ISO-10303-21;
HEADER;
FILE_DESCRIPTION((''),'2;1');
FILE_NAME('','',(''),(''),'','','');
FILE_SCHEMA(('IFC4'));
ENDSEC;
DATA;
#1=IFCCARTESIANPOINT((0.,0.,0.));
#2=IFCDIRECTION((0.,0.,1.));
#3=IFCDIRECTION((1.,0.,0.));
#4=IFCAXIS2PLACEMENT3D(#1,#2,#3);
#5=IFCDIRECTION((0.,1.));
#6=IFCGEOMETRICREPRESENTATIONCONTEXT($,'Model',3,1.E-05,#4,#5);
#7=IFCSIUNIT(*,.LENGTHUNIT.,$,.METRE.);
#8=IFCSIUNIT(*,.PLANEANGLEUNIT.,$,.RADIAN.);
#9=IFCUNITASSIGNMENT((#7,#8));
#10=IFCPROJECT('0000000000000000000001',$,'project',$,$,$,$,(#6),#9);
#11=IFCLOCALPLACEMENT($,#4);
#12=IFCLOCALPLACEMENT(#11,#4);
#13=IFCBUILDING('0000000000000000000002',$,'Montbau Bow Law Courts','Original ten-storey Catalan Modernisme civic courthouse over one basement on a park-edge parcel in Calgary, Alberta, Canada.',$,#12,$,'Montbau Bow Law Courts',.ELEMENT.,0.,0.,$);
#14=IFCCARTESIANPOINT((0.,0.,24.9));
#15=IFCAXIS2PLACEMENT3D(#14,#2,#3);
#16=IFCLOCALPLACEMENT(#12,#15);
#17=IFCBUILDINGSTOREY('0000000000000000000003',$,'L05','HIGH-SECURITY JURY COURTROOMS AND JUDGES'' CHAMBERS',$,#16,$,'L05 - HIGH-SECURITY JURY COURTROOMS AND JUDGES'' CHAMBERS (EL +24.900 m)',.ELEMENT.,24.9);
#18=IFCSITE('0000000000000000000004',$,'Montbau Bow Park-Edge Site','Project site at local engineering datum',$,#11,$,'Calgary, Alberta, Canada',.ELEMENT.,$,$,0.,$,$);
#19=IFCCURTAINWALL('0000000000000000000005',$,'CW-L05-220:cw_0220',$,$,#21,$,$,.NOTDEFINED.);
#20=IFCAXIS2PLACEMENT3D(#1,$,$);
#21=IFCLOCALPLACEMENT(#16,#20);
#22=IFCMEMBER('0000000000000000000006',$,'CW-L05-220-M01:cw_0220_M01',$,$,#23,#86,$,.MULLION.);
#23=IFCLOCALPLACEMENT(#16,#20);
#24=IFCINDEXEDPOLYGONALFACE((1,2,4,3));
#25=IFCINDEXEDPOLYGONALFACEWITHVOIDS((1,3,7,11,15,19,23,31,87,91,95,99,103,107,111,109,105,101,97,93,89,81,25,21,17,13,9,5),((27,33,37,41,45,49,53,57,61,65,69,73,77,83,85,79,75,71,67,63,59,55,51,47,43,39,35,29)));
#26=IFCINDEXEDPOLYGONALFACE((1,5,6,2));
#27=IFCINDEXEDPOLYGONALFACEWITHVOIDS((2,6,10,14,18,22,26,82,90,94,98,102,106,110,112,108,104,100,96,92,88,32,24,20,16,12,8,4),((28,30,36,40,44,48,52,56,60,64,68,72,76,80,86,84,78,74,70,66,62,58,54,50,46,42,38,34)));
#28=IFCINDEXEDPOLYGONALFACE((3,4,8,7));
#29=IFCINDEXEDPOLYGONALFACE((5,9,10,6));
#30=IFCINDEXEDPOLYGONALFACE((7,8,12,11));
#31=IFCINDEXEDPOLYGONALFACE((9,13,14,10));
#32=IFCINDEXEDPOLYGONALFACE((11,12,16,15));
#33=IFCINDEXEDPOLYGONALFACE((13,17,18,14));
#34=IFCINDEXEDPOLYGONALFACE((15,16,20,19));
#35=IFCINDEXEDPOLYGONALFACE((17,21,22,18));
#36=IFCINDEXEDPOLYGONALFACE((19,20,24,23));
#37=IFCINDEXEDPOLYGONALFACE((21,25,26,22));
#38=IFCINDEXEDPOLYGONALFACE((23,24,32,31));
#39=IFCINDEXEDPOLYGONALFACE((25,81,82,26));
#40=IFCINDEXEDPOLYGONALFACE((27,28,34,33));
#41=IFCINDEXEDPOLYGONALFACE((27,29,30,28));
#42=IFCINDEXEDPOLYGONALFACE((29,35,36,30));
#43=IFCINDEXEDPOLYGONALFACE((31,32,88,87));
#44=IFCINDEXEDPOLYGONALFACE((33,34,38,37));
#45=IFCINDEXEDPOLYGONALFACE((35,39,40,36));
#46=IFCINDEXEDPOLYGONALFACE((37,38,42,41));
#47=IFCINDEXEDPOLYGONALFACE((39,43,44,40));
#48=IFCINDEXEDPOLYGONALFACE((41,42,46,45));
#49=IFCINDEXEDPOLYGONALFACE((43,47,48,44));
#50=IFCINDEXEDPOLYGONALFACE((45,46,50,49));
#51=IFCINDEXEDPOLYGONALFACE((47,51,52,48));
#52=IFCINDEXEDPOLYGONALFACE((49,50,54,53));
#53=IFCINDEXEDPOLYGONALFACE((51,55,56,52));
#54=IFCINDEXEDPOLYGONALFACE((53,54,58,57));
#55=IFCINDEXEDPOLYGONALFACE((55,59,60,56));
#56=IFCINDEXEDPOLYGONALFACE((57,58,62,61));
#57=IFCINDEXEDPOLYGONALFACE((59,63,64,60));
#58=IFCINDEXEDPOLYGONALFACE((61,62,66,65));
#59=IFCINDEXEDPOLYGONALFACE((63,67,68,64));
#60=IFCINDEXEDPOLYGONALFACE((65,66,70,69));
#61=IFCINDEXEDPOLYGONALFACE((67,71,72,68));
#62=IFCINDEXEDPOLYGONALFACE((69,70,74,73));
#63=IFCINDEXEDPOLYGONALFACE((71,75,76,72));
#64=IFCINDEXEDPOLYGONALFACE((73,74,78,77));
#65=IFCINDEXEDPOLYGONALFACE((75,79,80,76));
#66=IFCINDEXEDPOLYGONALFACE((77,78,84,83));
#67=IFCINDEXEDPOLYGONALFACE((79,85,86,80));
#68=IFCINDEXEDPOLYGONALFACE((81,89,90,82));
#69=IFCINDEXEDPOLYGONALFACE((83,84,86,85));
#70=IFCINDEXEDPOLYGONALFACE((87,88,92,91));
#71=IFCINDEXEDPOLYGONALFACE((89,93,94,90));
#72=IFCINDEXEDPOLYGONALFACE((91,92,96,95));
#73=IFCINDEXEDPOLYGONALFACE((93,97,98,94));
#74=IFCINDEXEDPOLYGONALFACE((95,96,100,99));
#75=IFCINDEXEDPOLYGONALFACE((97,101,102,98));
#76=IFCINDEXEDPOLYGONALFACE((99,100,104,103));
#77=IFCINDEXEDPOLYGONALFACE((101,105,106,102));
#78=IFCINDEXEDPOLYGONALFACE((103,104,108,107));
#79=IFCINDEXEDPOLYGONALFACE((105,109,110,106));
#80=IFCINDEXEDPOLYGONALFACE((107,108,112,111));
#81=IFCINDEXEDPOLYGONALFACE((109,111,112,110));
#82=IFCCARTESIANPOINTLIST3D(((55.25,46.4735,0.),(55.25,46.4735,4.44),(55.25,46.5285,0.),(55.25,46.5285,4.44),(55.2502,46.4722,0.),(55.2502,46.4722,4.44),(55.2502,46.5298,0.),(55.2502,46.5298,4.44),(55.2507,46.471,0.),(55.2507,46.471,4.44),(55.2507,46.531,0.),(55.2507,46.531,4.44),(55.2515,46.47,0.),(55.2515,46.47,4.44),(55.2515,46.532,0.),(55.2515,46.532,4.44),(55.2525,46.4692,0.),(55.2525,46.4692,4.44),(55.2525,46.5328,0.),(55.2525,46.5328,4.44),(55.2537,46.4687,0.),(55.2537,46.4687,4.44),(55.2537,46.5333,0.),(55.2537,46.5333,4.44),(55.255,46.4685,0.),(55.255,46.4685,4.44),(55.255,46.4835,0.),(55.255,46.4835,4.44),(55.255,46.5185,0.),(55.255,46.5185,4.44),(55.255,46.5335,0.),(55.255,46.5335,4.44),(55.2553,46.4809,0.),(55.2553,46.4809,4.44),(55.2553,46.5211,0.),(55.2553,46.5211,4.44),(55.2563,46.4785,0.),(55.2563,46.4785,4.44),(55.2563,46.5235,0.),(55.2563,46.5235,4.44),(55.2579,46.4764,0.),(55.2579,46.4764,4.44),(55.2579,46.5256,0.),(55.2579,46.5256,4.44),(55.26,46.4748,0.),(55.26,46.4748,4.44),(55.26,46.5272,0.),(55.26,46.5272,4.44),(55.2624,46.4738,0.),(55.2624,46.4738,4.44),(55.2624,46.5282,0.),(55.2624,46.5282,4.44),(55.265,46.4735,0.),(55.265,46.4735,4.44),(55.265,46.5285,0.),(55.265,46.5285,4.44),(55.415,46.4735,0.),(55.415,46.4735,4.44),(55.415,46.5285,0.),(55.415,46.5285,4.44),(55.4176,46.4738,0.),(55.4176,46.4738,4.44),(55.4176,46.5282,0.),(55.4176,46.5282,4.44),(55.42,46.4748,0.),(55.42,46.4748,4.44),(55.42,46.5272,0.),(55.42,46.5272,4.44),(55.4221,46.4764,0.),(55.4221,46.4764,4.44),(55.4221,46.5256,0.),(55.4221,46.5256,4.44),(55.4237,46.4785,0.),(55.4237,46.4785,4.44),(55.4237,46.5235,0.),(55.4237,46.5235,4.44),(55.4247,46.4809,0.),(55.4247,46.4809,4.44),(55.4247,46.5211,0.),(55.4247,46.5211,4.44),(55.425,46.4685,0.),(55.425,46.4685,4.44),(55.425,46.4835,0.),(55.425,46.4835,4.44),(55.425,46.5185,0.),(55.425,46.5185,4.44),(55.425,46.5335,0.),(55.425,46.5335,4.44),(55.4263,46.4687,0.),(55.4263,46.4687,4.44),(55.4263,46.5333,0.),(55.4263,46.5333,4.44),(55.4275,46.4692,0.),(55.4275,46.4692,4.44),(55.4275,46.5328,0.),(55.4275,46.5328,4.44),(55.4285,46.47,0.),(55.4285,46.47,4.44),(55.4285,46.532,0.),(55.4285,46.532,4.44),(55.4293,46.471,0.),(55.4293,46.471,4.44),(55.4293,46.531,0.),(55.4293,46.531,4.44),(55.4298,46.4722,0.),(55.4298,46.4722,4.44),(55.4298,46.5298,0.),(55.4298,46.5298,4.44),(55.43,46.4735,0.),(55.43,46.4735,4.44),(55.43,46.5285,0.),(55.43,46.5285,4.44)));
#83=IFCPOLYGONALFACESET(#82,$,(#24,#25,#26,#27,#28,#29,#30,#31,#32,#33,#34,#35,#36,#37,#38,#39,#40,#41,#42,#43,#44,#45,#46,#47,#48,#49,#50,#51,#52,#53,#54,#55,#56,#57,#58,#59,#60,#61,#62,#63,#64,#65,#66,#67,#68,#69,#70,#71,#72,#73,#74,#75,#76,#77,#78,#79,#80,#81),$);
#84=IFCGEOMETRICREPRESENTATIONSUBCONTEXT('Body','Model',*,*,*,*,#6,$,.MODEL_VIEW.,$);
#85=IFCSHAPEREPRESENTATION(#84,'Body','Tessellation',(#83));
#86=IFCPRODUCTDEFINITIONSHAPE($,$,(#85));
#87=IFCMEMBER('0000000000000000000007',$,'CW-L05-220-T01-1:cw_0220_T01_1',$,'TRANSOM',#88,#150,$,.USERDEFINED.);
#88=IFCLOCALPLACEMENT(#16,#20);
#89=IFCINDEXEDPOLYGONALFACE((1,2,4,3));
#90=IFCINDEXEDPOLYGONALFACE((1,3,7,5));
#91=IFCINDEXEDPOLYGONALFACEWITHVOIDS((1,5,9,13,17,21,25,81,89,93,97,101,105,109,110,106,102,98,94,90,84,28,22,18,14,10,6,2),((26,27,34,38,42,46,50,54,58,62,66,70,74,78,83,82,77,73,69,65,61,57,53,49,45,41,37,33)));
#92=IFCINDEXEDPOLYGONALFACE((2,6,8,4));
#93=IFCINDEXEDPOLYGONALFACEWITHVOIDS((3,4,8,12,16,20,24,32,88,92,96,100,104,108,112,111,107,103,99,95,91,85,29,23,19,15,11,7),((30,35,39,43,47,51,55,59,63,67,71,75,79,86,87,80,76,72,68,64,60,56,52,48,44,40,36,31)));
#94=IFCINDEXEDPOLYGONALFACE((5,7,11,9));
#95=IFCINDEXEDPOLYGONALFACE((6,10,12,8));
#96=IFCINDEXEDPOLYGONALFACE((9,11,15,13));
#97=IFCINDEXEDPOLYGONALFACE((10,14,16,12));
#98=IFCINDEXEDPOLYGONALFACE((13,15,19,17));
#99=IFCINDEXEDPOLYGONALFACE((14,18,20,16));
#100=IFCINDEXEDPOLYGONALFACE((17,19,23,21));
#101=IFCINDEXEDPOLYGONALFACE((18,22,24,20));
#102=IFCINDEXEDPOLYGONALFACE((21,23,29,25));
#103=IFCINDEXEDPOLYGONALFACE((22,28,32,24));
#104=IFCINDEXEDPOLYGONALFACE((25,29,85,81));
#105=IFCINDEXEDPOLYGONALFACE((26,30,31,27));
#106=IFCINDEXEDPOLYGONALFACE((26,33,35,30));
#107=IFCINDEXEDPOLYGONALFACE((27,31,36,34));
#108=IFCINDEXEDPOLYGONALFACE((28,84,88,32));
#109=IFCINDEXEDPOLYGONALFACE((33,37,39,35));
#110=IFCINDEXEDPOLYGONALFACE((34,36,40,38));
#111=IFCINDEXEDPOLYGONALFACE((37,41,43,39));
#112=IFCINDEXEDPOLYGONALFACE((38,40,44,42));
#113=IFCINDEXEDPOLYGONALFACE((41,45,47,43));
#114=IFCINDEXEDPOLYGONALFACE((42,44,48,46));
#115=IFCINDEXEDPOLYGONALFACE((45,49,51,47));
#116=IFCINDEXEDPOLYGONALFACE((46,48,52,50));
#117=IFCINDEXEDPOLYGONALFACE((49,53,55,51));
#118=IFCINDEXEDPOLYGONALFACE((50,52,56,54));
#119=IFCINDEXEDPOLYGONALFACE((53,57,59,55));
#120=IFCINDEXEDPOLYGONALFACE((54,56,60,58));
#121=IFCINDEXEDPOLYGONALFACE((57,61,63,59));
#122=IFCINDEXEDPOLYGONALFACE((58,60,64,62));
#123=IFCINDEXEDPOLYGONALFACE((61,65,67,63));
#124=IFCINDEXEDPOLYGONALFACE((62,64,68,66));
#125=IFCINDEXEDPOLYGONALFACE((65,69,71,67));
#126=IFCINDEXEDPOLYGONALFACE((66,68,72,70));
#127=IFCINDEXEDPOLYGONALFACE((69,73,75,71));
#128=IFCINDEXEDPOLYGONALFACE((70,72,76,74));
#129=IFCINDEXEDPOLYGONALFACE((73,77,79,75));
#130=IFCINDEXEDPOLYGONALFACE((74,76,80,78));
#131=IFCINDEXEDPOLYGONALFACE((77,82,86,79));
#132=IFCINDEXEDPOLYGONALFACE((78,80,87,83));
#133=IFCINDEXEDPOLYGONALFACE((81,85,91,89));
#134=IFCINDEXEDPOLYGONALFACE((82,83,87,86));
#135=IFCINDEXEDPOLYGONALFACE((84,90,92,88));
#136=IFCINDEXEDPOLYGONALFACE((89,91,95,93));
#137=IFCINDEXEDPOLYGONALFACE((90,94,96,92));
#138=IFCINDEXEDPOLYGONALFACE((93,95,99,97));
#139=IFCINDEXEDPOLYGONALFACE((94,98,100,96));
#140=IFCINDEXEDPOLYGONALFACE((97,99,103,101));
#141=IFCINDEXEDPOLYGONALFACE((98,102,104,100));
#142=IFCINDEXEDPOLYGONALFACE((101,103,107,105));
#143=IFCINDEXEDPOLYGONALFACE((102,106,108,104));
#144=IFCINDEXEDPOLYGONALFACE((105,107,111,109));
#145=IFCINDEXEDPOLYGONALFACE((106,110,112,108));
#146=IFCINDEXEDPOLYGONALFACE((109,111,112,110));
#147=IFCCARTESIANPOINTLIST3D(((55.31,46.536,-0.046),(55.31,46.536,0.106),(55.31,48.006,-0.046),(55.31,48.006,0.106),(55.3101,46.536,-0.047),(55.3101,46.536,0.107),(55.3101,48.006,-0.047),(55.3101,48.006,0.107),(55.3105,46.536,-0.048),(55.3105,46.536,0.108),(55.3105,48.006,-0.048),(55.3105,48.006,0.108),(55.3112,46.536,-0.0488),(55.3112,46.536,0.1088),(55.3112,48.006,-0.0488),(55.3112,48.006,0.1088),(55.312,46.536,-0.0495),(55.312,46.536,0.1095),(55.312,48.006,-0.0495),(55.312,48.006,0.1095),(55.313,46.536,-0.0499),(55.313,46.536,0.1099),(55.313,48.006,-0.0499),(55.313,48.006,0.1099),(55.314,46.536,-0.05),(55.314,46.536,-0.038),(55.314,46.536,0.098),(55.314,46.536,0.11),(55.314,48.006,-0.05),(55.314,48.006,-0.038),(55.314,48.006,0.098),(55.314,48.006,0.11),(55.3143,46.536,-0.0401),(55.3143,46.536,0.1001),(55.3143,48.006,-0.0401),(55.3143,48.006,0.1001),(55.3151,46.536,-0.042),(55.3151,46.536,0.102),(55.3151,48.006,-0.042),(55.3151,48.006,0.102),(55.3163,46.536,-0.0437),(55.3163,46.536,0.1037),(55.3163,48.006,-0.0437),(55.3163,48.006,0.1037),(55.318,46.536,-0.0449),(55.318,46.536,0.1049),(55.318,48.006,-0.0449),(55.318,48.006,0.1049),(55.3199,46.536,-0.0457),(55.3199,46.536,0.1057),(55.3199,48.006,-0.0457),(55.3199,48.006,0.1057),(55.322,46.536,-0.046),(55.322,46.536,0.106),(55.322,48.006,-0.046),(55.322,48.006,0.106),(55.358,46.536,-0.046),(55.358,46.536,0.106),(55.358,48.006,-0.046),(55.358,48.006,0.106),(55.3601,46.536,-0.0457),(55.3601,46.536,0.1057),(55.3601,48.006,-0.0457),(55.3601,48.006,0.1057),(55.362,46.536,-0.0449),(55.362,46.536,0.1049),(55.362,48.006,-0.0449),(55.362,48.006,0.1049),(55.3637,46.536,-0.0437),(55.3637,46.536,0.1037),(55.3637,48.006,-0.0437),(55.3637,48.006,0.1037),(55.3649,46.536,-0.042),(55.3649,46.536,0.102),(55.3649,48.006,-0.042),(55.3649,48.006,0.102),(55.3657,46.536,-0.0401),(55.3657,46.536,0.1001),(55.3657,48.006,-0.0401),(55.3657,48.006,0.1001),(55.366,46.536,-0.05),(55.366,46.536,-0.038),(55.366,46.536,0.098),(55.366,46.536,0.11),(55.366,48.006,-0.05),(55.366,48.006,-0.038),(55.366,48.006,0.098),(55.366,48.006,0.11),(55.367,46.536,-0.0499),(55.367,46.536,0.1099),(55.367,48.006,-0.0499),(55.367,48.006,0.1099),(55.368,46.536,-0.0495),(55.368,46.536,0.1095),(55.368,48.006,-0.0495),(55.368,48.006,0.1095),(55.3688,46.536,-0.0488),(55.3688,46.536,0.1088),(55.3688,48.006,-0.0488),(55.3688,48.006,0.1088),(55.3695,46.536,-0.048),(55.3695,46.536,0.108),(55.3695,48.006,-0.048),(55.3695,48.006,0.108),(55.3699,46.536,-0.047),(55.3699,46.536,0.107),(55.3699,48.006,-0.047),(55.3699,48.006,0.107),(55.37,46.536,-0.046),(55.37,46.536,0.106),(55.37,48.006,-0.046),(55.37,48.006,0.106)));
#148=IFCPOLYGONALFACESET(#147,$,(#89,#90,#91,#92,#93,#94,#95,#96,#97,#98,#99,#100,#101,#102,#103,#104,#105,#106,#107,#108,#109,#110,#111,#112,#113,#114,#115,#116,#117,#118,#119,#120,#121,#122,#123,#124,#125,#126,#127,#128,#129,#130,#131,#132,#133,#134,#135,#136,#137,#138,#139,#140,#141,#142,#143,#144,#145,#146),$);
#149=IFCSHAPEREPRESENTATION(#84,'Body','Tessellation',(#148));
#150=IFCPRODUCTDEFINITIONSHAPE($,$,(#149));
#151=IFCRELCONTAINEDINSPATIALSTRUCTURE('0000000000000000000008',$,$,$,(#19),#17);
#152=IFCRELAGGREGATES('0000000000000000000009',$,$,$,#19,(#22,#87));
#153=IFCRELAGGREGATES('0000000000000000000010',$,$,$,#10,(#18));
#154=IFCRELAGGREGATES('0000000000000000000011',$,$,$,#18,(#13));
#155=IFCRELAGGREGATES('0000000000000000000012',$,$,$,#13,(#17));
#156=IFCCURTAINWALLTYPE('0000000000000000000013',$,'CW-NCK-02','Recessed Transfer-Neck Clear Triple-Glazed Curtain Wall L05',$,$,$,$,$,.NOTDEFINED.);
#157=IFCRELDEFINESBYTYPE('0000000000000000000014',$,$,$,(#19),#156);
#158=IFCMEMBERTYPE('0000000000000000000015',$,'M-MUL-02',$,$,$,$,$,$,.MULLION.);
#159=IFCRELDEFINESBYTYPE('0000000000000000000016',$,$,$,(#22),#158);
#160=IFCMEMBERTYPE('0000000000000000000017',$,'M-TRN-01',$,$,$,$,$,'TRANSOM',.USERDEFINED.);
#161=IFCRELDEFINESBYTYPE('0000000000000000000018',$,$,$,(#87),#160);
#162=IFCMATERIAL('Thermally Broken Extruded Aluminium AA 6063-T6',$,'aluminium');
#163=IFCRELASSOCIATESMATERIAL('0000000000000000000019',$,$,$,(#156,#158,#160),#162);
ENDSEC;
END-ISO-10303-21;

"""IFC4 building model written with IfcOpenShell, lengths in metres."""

from ifc_helpers import new_model, si_unit, direction, frame, origin_with_axes, origin_2d_with_axis, place, context, subcontext, project, spatial, hollow_rectangle, extrude, material, material_profile, profile_set, type_object, element, aggregate, save


model = new_model("IFC4")

# Units and contexts
model_context = context("Model", 3, precision=1e-05, world=origin_with_axes(), true_north=direction((0.0, 1.0)))
body_context = subcontext(model_context, "Body", "Model", "MODEL_VIEW")
ifc_project = project(units=[si_unit("LENGTHUNIT", "METRE"), si_unit("PLANEANGLEUNIT", "RADIAN")], contexts=[model_context])

# Site, building, storey
site_placement = place(None, origin_with_axes())
site = spatial("IfcSite", under=ifc_project, at=site_placement, Name="Montbau Bow Park-Edge Site", Description="Project site at local engineering datum", LongName="Calgary, Alberta, Canada", CompositionType="ELEMENT", RefElevation=0.0)
building_placement = place(site_placement, origin_with_axes())
building = spatial("IfcBuilding", under=site, at=building_placement, Name="Montbau Bow Law Courts", Description="Original ten-storey Catalan Modernisme civic courthouse over one basement on a park-edge parcel in Calgary, Alberta, Canada.", LongName="Montbau Bow Law Courts", CompositionType="ELEMENT", ElevationOfRefHeight=0.0, ElevationOfTerrain=0.0)
storey_placement = place(building_placement, frame((0.0, 0.0, 24.9), z_axis=(0.0, 0.0, 1.0), x_axis=(1.0, 0.0, 0.0)))
storey = spatial("IfcBuildingStorey", under=building, at=storey_placement, Name="L05", Description="HIGH-SECURITY JURY COURTROOMS AND JUDGES' CHAMBERS", LongName="L05 - HIGH-SECURITY JURY COURTROOMS AND JUDGES' CHAMBERS (EL +24.900 m)", CompositionType="ELEMENT", Elevation=24.9)

# Curtain wall, members
ifc_material_1 = material(Name="Thermally Broken Extruded Aluminium AA 6063-T6", Category="aluminium")
curtain_wall_type = type_object("IfcCurtainWallType", Name="CW-NCK-02", Description="Recessed Transfer-Neck Clear Triple-Glazed Curtain Wall L05", PredefinedType="NOTDEFINED", material=ifc_material_1)
curtain_wall_1_placement = place(None, frame((55.34, 46.468, 24.9), z_axis=(0.0, 0.0, 1.0), x_axis=(1.0, 0.0, 0.0)))
curtain_wall_1 = element("IfcCurtainWall", 1, at=curtain_wall_1_placement, inside=storey, type_object=curtain_wall_type, Name="CW-L05-220:cw_0220", PredefinedType="NOTDEFINED")
ifc_material_profile_1 = material_profile(ifc_material_1, hollow_rectangle(XDim=0.065, YDim=0.18, WallThickness=0.005, InnerFilletRadius=0.01, OuterFilletRadius=0.005, at=origin_2d_with_axis()), Name="CWM-180X65", Category="Main", Priority=0)
ifc_profile_set_1 = profile_set([ifc_material_profile_1], Name="Thermally Broken Extruded Aluminium AA 6063-T6")
member_type_1 = type_object("IfcMemberType", Name="M-MUL-02", PredefinedType="MULLION", material=ifc_profile_set_1)
member_1_placement = place(None, frame((55.34, 46.501, 24.9), z_axis=(0.0, 0.0, 1.0), x_axis=(0.0, 1.0, 0.0)))
member_1 = element("IfcMember", 2, at=member_1_placement, type_object=member_type_1, Name="CW-L05-220-M01:cw_0220_M01", PredefinedType="MULLION", context=body_context, shape_type="SweptSolid", body=[
    extrude(hollow_rectangle(XDim=0.065, YDim=0.18, WallThickness=0.005, InnerFilletRadius=0.01, OuterFilletRadius=0.005, at=origin_2d_with_axis()), origin_with_axes(), (0.0, 0.0, 1.0), 4.44),
])
ifc_material_profile_2 = material_profile(ifc_material_1, hollow_rectangle(XDim=0.06, YDim=0.16, WallThickness=0.004, InnerFilletRadius=0.008, OuterFilletRadius=0.004, at=origin_2d_with_axis()), Name="CWT-160X60", Category="Main", Priority=0)
ifc_profile_set_2 = profile_set([ifc_material_profile_2], Name="Thermally Broken Extruded Aluminium AA 6063-T6")
member_type_2 = type_object("IfcMemberType", Name="M-TRN-01", ElementType="TRANSOM", PredefinedType="USERDEFINED", material=ifc_profile_set_2)
member_2_placement = place(None, frame((55.34, 46.536, 24.93), z_axis=(0.0, 1.0, 0.0), x_axis=(-1.0, 0.0, 0.0)))
member_2 = element("IfcMember", 3, at=member_2_placement, type_object=member_type_2, Name="CW-L05-220-T01-1:cw_0220_T01_1", ObjectType="TRANSOM", PredefinedType="USERDEFINED", context=body_context, shape_type="SweptSolid", body=[
    extrude(hollow_rectangle(XDim=0.06, YDim=0.16, WallThickness=0.004, InnerFilletRadius=0.008, OuterFilletRadius=0.004, at=origin_2d_with_axis()), origin_with_axes(), (0.0, 0.0, 1.0), 1.47),
])

aggregate(curtain_wall_1, [member_1, member_2])

save(model, "model.ifc")
